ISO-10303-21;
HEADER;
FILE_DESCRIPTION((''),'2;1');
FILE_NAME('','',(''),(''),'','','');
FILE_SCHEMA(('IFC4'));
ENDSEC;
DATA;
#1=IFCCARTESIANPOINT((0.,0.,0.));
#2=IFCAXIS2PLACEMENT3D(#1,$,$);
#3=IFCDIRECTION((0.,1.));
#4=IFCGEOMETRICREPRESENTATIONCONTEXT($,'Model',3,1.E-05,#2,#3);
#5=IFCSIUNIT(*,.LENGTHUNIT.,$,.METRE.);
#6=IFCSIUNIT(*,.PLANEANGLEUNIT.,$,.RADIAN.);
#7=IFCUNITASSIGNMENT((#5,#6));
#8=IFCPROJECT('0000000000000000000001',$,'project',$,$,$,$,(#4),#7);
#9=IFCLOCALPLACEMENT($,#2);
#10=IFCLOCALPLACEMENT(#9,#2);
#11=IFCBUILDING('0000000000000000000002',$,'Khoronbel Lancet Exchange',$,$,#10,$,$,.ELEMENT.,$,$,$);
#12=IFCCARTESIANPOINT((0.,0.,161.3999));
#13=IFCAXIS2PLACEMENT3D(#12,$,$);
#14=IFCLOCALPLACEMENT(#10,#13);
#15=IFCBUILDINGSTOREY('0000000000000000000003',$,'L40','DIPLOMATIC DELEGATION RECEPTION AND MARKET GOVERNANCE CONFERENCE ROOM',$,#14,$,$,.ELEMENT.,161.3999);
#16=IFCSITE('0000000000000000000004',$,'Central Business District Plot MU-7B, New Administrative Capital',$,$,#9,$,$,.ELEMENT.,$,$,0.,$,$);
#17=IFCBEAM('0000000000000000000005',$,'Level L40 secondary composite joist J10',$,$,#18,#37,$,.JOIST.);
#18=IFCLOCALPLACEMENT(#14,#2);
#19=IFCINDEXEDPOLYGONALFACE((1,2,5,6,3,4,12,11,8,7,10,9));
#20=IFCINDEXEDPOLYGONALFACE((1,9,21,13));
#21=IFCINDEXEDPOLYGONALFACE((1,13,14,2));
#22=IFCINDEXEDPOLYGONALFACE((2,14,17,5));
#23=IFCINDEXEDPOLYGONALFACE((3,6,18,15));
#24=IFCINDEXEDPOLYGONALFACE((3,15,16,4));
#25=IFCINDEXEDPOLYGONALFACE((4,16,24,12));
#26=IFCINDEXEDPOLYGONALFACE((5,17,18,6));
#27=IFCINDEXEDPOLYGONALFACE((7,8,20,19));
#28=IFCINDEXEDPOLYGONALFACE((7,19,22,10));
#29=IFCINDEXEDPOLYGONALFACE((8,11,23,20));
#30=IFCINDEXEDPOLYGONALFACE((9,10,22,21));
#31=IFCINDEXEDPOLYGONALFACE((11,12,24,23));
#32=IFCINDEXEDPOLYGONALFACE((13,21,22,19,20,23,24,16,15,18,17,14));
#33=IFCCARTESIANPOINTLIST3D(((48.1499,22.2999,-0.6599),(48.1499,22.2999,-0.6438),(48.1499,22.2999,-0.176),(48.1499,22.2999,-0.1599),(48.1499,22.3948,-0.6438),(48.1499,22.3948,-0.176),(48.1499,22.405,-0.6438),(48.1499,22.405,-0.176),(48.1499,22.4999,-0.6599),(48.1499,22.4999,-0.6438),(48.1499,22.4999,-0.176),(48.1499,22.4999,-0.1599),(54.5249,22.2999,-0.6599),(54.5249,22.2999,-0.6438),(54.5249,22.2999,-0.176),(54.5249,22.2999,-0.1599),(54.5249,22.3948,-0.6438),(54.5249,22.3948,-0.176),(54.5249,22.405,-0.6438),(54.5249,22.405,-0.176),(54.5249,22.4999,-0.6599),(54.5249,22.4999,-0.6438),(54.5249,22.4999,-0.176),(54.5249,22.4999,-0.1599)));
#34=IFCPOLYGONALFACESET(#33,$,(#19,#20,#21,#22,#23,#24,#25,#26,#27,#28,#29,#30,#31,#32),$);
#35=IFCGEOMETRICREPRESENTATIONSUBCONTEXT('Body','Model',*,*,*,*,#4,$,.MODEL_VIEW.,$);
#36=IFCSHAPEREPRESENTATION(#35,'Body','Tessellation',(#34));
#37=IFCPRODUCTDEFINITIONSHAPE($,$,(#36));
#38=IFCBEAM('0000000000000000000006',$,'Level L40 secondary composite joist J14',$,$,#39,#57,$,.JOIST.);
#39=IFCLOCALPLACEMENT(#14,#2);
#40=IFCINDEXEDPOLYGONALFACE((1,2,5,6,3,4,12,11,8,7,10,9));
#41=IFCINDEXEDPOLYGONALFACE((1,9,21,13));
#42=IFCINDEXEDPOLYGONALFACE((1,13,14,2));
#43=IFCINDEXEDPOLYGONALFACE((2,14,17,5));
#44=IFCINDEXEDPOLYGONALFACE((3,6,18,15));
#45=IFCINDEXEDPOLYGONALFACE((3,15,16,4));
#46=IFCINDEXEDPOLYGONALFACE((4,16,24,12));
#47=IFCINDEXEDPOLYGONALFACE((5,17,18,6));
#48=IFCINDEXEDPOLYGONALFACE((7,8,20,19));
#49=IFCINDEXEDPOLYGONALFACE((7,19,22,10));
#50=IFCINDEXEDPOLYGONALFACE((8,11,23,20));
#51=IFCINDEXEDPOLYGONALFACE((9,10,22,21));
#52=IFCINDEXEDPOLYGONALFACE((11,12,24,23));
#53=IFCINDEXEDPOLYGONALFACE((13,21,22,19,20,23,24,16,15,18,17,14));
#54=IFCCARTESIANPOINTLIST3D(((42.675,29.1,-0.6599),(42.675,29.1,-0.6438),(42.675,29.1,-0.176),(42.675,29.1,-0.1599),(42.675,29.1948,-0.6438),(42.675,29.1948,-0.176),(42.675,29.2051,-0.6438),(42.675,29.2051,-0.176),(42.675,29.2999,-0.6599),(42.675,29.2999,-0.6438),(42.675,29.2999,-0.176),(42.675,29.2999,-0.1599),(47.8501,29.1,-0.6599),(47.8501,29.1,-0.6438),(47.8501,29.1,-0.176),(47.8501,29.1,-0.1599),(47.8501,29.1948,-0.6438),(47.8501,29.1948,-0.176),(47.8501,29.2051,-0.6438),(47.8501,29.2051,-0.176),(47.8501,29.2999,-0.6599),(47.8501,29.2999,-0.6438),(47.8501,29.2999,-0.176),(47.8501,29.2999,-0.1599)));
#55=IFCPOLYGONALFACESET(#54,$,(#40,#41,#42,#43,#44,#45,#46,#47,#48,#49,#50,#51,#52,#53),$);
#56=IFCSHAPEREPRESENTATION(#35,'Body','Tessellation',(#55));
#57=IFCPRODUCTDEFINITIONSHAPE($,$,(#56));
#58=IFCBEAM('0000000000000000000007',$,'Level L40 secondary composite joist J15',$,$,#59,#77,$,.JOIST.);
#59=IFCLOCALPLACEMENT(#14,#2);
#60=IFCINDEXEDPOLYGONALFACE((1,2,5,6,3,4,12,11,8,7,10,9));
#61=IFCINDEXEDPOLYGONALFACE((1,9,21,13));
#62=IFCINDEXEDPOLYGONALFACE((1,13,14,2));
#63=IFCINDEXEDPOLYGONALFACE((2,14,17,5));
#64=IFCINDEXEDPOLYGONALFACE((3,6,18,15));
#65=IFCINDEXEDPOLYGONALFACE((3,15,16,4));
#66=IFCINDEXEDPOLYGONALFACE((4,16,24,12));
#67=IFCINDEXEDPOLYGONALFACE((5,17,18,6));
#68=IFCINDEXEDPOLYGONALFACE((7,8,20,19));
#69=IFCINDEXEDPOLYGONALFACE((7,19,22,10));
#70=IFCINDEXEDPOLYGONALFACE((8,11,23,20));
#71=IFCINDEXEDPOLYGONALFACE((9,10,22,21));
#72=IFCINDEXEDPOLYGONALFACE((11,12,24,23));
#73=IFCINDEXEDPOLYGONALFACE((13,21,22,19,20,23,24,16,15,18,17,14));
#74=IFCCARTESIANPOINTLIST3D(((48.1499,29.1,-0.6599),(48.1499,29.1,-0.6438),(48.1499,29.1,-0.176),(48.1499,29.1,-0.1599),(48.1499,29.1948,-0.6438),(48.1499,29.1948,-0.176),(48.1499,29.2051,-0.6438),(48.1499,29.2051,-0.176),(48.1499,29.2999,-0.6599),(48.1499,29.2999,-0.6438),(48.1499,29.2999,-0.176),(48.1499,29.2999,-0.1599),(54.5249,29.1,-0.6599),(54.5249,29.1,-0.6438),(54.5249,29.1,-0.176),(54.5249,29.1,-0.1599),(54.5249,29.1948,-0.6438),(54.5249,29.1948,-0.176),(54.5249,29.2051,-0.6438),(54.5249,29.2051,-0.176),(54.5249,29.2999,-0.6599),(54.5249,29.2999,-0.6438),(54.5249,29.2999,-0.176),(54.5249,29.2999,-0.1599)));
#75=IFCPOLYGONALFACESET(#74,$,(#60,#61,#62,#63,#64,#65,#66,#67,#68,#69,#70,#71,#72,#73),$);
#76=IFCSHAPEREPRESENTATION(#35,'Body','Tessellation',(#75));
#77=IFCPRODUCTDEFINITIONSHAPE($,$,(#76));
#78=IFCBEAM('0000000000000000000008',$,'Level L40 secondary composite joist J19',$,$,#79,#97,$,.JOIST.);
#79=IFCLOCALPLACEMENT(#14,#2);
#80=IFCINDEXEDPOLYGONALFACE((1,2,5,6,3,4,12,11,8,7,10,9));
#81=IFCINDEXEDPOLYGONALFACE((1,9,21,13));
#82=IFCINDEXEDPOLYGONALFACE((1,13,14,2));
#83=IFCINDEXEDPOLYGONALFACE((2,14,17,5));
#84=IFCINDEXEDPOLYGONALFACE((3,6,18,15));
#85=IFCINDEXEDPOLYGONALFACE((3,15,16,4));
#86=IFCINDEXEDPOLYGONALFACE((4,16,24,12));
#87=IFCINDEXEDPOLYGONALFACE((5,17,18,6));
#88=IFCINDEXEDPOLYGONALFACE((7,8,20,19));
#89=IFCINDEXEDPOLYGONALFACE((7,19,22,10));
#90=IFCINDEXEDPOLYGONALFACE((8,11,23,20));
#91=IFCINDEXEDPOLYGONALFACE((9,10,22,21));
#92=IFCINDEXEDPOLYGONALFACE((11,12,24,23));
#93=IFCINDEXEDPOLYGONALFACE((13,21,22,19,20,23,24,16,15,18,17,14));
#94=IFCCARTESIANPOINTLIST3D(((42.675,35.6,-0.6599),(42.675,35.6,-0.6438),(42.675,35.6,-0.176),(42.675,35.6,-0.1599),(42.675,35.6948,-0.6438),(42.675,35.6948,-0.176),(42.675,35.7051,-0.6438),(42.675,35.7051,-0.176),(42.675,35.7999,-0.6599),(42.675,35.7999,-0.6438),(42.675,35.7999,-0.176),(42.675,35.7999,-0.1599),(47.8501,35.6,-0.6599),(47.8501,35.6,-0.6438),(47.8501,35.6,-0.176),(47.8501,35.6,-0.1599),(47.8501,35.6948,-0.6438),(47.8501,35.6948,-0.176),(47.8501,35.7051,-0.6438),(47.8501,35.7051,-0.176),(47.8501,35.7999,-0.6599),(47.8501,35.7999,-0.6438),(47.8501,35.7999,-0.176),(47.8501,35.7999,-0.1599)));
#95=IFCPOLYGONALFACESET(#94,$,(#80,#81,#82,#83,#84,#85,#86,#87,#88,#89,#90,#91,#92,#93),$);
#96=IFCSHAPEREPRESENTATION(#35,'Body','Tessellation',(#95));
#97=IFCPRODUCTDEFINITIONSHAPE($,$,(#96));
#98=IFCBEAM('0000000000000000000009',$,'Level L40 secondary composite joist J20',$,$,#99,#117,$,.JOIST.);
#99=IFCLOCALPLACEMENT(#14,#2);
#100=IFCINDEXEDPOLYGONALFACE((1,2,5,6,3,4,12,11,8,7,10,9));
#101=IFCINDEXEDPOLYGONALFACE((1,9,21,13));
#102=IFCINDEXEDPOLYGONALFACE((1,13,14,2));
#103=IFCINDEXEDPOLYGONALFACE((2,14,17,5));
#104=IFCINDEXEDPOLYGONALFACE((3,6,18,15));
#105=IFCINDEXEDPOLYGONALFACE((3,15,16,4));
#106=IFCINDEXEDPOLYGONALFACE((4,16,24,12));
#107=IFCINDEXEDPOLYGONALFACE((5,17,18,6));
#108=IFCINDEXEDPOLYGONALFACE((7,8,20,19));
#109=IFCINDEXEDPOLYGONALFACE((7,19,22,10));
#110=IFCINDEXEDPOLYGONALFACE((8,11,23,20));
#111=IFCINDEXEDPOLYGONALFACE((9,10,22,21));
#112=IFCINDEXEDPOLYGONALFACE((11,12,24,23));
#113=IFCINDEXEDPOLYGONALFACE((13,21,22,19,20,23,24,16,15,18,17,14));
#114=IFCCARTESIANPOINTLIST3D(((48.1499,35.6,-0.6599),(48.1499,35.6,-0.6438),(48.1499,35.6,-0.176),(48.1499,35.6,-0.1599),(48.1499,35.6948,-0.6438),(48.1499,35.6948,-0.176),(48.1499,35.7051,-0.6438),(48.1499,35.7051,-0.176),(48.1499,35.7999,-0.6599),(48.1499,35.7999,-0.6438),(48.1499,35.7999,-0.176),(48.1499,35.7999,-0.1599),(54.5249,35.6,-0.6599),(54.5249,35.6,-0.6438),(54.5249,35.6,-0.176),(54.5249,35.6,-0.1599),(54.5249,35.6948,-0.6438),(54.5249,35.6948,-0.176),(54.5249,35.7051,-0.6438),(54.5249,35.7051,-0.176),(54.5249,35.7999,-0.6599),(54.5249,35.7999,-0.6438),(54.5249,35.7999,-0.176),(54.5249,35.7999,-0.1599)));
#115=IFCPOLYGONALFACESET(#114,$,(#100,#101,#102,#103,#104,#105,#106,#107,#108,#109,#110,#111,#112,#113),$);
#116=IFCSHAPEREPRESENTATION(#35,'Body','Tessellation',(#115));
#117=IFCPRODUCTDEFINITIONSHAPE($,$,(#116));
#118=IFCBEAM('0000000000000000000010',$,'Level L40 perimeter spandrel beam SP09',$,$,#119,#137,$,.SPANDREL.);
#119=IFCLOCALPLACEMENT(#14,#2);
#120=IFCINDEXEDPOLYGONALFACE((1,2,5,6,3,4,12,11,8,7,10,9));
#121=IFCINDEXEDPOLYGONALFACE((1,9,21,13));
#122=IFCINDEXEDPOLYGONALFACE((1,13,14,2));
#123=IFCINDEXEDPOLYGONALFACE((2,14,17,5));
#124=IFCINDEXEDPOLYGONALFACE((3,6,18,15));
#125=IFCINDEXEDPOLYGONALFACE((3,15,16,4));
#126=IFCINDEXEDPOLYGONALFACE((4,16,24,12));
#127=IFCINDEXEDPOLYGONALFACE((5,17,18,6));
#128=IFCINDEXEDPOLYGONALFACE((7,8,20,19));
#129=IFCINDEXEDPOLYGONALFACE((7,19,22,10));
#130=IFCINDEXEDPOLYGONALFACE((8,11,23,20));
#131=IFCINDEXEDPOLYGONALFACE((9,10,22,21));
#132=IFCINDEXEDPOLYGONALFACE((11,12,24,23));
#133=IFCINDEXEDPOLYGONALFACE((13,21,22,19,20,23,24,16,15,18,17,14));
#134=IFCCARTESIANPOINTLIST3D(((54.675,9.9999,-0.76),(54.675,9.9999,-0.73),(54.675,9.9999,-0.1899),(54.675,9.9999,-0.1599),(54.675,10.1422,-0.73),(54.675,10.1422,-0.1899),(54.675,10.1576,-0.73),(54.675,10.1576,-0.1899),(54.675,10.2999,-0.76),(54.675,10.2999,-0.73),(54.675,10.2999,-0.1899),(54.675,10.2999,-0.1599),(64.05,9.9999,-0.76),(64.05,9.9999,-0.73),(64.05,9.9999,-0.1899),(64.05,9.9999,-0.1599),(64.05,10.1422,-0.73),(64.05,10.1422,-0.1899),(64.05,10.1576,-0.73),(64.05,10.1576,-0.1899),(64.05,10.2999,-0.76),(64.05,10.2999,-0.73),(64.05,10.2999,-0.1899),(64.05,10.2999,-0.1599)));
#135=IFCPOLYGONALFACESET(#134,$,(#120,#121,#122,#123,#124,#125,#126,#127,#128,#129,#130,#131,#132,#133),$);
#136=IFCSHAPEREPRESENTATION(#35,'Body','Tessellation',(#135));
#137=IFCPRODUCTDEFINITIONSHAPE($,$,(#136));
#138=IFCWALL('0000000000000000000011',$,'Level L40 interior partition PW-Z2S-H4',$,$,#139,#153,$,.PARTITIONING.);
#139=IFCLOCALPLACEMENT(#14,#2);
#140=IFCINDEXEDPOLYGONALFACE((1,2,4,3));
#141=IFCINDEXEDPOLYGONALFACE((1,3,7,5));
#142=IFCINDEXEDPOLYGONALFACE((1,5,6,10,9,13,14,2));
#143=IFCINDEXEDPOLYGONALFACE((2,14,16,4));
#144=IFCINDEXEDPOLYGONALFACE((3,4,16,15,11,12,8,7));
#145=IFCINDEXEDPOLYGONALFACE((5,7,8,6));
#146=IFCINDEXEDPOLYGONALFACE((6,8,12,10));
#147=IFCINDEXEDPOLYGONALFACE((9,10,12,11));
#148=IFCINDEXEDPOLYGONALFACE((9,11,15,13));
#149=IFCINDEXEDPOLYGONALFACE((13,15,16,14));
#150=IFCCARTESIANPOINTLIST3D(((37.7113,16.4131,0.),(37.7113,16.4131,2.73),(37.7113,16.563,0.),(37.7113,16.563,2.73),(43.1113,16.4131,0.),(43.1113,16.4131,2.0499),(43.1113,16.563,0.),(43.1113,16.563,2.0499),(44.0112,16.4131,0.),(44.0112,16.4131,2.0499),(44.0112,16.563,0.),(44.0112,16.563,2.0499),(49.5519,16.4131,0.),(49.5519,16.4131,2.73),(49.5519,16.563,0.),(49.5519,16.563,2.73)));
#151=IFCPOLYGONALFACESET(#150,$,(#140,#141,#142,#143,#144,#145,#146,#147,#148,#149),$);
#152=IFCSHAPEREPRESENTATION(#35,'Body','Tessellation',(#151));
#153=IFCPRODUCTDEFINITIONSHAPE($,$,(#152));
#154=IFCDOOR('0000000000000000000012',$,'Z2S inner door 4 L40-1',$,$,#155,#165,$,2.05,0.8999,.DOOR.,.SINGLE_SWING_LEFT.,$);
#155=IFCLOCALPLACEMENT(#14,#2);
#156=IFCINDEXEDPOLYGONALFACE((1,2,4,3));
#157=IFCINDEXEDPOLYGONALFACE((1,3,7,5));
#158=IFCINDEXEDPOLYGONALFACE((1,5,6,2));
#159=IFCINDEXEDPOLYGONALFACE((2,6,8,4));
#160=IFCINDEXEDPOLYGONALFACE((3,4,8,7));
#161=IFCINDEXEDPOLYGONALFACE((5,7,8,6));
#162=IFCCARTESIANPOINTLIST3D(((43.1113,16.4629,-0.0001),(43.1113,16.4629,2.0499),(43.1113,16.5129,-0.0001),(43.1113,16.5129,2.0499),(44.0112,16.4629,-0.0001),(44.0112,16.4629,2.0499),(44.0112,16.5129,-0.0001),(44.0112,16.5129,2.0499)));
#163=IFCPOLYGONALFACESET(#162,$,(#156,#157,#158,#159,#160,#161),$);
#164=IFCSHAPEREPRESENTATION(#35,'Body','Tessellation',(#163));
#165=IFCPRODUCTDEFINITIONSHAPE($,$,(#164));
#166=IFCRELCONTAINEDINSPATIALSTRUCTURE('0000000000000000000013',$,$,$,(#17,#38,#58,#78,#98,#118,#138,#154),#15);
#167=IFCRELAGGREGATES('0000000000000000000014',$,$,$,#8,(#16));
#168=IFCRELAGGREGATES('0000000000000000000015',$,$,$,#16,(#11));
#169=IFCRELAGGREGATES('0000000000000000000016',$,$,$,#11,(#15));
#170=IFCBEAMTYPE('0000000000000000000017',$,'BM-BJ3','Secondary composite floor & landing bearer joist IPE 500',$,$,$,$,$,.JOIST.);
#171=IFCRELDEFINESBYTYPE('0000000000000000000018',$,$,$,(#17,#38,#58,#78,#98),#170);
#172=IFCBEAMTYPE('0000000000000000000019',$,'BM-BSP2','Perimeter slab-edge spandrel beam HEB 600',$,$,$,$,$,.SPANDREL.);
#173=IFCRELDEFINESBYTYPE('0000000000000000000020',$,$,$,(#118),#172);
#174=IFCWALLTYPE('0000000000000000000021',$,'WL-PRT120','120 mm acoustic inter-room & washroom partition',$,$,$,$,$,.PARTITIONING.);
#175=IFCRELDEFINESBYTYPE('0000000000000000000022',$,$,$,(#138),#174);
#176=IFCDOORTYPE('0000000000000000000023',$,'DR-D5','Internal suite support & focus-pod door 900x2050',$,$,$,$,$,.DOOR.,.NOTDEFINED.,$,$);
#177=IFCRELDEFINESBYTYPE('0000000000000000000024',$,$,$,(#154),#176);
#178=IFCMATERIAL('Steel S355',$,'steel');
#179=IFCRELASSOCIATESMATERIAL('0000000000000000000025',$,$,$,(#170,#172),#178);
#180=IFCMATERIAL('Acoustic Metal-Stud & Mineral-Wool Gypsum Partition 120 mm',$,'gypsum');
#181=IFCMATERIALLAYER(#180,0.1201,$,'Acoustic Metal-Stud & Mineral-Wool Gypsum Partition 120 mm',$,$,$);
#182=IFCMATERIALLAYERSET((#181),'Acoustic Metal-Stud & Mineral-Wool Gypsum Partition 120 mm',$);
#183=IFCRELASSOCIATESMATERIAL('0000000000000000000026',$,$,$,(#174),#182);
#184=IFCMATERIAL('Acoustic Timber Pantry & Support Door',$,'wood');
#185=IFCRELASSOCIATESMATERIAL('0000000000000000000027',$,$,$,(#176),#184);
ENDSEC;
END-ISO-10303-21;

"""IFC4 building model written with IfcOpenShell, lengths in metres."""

from ifc_helpers import new_model, si_unit, direction, frame, frame_2d, origin, origin_2d, place, context, subcontext, project, spatial, rectangle, i_section, extrude, material, layer, layer_set, material_profile, profile_set, type_object, element, fill, save


model = new_model("IFC4")

# Units and contexts
model_context = context("Model", 3, precision=1e-05, world=origin(), true_north=direction((0.0, 1.0)))
body_context = subcontext(model_context, "Body", "Model", "MODEL_VIEW")
ifc_project = project(units=[si_unit("LENGTHUNIT", "METRE"), si_unit("PLANEANGLEUNIT", "RADIAN")], contexts=[model_context])

# Site, building, storey
site_placement = place(None, origin())
site = spatial("IfcSite", under=ifc_project, at=site_placement, Name="Central Business District Plot MU-7B, New Administrative Capital", CompositionType="ELEMENT", RefElevation=0.0)
building_placement = place(site_placement, origin())
building = spatial("IfcBuilding", under=site, at=building_placement, Name="Khoronbel Lancet Exchange", CompositionType="ELEMENT")
storey_placement = place(building_placement, frame((0.0, 0.0, 161.3999)))
storey = spatial("IfcBuildingStorey", under=building, at=storey_placement, Name="L40", Description="DIPLOMATIC DELEGATION RECEPTION AND MARKET GOVERNANCE CONFERENCE ROOM", CompositionType="ELEMENT", Elevation=161.3999)

# Beams
ifc_material_1 = material(Name="Steel S355", Category="steel")
ifc_material_profile_1 = material_profile(ifc_material_1, i_section(OverallWidth=0.2, OverallDepth=0.5, WebThickness=0.0103, FlangeThickness=0.0161, at=origin_2d()), Name="IPE 500")
ifc_profile_set_1 = profile_set([ifc_material_profile_1], Name="Steel S355")
beam_type_1 = type_object("IfcBeamType", Name="BM-BJ3", Description="Secondary composite floor & landing bearer joist IPE 500", PredefinedType="JOIST", material=ifc_profile_set_1)
beam_1_placement = place(storey_placement, frame((48.1499, 22.3999, -0.4099), z_axis=(1.0, 0.0, 0.0), x_axis=(0.0, 1.0, 0.0)))
element("IfcBeam", 1, at=beam_1_placement, inside=storey, type_object=beam_type_1, Name="Level L40 secondary composite joist J10", PredefinedType="JOIST", context=body_context, shape_type="SweptSolid", body=[
    extrude(i_section(OverallWidth=0.2, OverallDepth=0.5, WebThickness=0.0103, FlangeThickness=0.0161, at=origin_2d()), origin(), (0.0, 0.0, 1.0), 6.375),
])
beam_2_placement = place(storey_placement, frame((42.675, 29.2, -0.4099), z_axis=(1.0, 0.0, 0.0), x_axis=(0.0, 1.0, 0.0)))
element("IfcBeam", 2, at=beam_2_placement, inside=storey, type_object=beam_type_1, Name="Level L40 secondary composite joist J14", PredefinedType="JOIST", context=body_context, shape_type="SweptSolid", body=[
    extrude(i_section(OverallWidth=0.2, OverallDepth=0.5, WebThickness=0.0103, FlangeThickness=0.0161, at=origin_2d()), origin(), (0.0, 0.0, 1.0), 5.175),
])
beam_3_placement = place(storey_placement, frame((48.1499, 29.2, -0.4099), z_axis=(1.0, 0.0, 0.0), x_axis=(0.0, 1.0, 0.0)))
element("IfcBeam", 3, at=beam_3_placement, inside=storey, type_object=beam_type_1, Name="Level L40 secondary composite joist J15", PredefinedType="JOIST", context=body_context, shape_type="SweptSolid", body=[
    extrude(i_section(OverallWidth=0.2, OverallDepth=0.5, WebThickness=0.0103, FlangeThickness=0.0161, at=origin_2d()), origin(), (0.0, 0.0, 1.0), 6.375),
])
beam_4_placement = place(storey_placement, frame((42.675, 35.7, -0.4099), z_axis=(1.0, 0.0, 0.0), x_axis=(0.0, 1.0, 0.0)))
element("IfcBeam", 4, at=beam_4_placement, inside=storey, type_object=beam_type_1, Name="Level L40 secondary composite joist J19", PredefinedType="JOIST", context=body_context, shape_type="SweptSolid", body=[
    extrude(i_section(OverallWidth=0.2, OverallDepth=0.5, WebThickness=0.0103, FlangeThickness=0.0161, at=origin_2d()), origin(), (0.0, 0.0, 1.0), 5.175),
])
beam_5_placement = place(storey_placement, frame((48.1499, 35.7, -0.4099), z_axis=(1.0, 0.0, 0.0), x_axis=(0.0, 1.0, 0.0)))
element("IfcBeam", 5, at=beam_5_placement, inside=storey, type_object=beam_type_1, Name="Level L40 secondary composite joist J20", PredefinedType="JOIST", context=body_context, shape_type="SweptSolid", body=[
    extrude(i_section(OverallWidth=0.2, OverallDepth=0.5, WebThickness=0.0103, FlangeThickness=0.0161, at=origin_2d()), origin(), (0.0, 0.0, 1.0), 6.375),
])
ifc_material_profile_2 = material_profile(ifc_material_1, i_section(OverallWidth=0.3, OverallDepth=0.6001, WebThickness=0.0154, FlangeThickness=0.03, at=origin_2d()), Name="HEB 600")
ifc_profile_set_2 = profile_set([ifc_material_profile_2], Name="Steel S355")
beam_type_2 = type_object("IfcBeamType", Name="BM-BSP2", Description="Perimeter slab-edge spandrel beam HEB 600", PredefinedType="SPANDREL", material=ifc_profile_set_2)
beam_6_placement = place(storey_placement, frame((54.675, 10.1499, -0.46), z_axis=(1.0, 0.0, 0.0), x_axis=(0.0, 1.0, 0.0)))
element("IfcBeam", 6, at=beam_6_placement, inside=storey, type_object=beam_type_2, Name="Level L40 perimeter spandrel beam SP09", PredefinedType="SPANDREL", context=body_context, shape_type="SweptSolid", body=[
    extrude(i_section(OverallWidth=0.3, OverallDepth=0.6001, WebThickness=0.0154, FlangeThickness=0.03, at=origin_2d()), origin(), (0.0, 0.0, 1.0), 9.375),
])

# Wall, opening, door
ifc_material_2 = material(Name="Acoustic Metal-Stud & Mineral-Wool Gypsum Partition 120 mm", Category="gypsum")
ifc_layer_1 = layer(ifc_material_2, 0.1201, Name="Acoustic Metal-Stud & Mineral-Wool Gypsum Partition 120 mm")
ifc_layer_set_1 = layer_set([ifc_layer_1], Name="Acoustic Metal-Stud & Mineral-Wool Gypsum Partition 120 mm")
wall_type_1 = type_object("IfcWallType", Name="WL-PRT120", Description="120 mm acoustic inter-room & washroom partition", PredefinedType="PARTITIONING", material=ifc_layer_set_1)
wall_1_placement = place(storey_placement, frame((37.7112, 16.488, 0.0), z_axis=(0.0, 0.0, 1.0), x_axis=(1.0, 0.0, 0.0)))
wall_1 = element("IfcWall", 7, at=wall_1_placement, inside=storey, type_object=wall_type_1, Name="Level L40 interior partition PW-Z2S-H4", PredefinedType="PARTITIONING", context=body_context, shape_type="SweptSolid", body=[
    extrude(rectangle(XDim=11.8406, YDim=0.1499, at=frame_2d((5.9204, 0.0))), origin(), (0.0, 0.0, 1.0), 2.73),
])
opening_1_placement = place(wall_1_placement, frame((5.4001, 0.0, 0.0)))
opening_1 = element("IfcOpeningElement", 8, at=opening_1_placement, cuts=wall_1, PredefinedType="OPENING", context=body_context, shape_type="SweptSolid", body=[
    extrude(rectangle(XDim=0.8999, YDim=2.05, at=frame_2d((0.45, 1.0249))), frame((0.0, 0.085, 0.0), z_axis=(0.0, -1.0, 0.0), x_axis=(1.0, 0.0, 0.0)), (0.0, 0.0, 1.0), 0.1699),
])
ifc_material_3 = material(Name="Acoustic Timber Pantry & Support Door", Category="wood")
door_type_1 = type_object("IfcDoorType", Name="DR-D5", Description="Internal suite support & focus-pod door 900x2050", OperationType="NOTDEFINED", PredefinedType="DOOR", material=ifc_material_3)
door_1_placement = place(opening_1_placement, origin())
door_1 = element("IfcDoor", 9, at=door_1_placement, inside=storey, type_object=door_type_1, Name="Z2S inner door 4 L40-1", OperationType="SINGLE_SWING_LEFT", OverallHeight=2.05, OverallWidth=0.8999, PredefinedType="DOOR", context=body_context, shape_type="SweptSolid", body=[
    extrude(rectangle(XDim=0.8999, YDim=2.05, at=frame_2d((0.45, 1.0249))), frame((0.0, 0.0249, 0.0), z_axis=(0.0, -1.0, 0.0), x_axis=(1.0, 0.0, 0.0)), (0.0, 0.0, 1.0), 0.05),
])
fill(opening_1, door_1)

save(model, "model.ifc")
